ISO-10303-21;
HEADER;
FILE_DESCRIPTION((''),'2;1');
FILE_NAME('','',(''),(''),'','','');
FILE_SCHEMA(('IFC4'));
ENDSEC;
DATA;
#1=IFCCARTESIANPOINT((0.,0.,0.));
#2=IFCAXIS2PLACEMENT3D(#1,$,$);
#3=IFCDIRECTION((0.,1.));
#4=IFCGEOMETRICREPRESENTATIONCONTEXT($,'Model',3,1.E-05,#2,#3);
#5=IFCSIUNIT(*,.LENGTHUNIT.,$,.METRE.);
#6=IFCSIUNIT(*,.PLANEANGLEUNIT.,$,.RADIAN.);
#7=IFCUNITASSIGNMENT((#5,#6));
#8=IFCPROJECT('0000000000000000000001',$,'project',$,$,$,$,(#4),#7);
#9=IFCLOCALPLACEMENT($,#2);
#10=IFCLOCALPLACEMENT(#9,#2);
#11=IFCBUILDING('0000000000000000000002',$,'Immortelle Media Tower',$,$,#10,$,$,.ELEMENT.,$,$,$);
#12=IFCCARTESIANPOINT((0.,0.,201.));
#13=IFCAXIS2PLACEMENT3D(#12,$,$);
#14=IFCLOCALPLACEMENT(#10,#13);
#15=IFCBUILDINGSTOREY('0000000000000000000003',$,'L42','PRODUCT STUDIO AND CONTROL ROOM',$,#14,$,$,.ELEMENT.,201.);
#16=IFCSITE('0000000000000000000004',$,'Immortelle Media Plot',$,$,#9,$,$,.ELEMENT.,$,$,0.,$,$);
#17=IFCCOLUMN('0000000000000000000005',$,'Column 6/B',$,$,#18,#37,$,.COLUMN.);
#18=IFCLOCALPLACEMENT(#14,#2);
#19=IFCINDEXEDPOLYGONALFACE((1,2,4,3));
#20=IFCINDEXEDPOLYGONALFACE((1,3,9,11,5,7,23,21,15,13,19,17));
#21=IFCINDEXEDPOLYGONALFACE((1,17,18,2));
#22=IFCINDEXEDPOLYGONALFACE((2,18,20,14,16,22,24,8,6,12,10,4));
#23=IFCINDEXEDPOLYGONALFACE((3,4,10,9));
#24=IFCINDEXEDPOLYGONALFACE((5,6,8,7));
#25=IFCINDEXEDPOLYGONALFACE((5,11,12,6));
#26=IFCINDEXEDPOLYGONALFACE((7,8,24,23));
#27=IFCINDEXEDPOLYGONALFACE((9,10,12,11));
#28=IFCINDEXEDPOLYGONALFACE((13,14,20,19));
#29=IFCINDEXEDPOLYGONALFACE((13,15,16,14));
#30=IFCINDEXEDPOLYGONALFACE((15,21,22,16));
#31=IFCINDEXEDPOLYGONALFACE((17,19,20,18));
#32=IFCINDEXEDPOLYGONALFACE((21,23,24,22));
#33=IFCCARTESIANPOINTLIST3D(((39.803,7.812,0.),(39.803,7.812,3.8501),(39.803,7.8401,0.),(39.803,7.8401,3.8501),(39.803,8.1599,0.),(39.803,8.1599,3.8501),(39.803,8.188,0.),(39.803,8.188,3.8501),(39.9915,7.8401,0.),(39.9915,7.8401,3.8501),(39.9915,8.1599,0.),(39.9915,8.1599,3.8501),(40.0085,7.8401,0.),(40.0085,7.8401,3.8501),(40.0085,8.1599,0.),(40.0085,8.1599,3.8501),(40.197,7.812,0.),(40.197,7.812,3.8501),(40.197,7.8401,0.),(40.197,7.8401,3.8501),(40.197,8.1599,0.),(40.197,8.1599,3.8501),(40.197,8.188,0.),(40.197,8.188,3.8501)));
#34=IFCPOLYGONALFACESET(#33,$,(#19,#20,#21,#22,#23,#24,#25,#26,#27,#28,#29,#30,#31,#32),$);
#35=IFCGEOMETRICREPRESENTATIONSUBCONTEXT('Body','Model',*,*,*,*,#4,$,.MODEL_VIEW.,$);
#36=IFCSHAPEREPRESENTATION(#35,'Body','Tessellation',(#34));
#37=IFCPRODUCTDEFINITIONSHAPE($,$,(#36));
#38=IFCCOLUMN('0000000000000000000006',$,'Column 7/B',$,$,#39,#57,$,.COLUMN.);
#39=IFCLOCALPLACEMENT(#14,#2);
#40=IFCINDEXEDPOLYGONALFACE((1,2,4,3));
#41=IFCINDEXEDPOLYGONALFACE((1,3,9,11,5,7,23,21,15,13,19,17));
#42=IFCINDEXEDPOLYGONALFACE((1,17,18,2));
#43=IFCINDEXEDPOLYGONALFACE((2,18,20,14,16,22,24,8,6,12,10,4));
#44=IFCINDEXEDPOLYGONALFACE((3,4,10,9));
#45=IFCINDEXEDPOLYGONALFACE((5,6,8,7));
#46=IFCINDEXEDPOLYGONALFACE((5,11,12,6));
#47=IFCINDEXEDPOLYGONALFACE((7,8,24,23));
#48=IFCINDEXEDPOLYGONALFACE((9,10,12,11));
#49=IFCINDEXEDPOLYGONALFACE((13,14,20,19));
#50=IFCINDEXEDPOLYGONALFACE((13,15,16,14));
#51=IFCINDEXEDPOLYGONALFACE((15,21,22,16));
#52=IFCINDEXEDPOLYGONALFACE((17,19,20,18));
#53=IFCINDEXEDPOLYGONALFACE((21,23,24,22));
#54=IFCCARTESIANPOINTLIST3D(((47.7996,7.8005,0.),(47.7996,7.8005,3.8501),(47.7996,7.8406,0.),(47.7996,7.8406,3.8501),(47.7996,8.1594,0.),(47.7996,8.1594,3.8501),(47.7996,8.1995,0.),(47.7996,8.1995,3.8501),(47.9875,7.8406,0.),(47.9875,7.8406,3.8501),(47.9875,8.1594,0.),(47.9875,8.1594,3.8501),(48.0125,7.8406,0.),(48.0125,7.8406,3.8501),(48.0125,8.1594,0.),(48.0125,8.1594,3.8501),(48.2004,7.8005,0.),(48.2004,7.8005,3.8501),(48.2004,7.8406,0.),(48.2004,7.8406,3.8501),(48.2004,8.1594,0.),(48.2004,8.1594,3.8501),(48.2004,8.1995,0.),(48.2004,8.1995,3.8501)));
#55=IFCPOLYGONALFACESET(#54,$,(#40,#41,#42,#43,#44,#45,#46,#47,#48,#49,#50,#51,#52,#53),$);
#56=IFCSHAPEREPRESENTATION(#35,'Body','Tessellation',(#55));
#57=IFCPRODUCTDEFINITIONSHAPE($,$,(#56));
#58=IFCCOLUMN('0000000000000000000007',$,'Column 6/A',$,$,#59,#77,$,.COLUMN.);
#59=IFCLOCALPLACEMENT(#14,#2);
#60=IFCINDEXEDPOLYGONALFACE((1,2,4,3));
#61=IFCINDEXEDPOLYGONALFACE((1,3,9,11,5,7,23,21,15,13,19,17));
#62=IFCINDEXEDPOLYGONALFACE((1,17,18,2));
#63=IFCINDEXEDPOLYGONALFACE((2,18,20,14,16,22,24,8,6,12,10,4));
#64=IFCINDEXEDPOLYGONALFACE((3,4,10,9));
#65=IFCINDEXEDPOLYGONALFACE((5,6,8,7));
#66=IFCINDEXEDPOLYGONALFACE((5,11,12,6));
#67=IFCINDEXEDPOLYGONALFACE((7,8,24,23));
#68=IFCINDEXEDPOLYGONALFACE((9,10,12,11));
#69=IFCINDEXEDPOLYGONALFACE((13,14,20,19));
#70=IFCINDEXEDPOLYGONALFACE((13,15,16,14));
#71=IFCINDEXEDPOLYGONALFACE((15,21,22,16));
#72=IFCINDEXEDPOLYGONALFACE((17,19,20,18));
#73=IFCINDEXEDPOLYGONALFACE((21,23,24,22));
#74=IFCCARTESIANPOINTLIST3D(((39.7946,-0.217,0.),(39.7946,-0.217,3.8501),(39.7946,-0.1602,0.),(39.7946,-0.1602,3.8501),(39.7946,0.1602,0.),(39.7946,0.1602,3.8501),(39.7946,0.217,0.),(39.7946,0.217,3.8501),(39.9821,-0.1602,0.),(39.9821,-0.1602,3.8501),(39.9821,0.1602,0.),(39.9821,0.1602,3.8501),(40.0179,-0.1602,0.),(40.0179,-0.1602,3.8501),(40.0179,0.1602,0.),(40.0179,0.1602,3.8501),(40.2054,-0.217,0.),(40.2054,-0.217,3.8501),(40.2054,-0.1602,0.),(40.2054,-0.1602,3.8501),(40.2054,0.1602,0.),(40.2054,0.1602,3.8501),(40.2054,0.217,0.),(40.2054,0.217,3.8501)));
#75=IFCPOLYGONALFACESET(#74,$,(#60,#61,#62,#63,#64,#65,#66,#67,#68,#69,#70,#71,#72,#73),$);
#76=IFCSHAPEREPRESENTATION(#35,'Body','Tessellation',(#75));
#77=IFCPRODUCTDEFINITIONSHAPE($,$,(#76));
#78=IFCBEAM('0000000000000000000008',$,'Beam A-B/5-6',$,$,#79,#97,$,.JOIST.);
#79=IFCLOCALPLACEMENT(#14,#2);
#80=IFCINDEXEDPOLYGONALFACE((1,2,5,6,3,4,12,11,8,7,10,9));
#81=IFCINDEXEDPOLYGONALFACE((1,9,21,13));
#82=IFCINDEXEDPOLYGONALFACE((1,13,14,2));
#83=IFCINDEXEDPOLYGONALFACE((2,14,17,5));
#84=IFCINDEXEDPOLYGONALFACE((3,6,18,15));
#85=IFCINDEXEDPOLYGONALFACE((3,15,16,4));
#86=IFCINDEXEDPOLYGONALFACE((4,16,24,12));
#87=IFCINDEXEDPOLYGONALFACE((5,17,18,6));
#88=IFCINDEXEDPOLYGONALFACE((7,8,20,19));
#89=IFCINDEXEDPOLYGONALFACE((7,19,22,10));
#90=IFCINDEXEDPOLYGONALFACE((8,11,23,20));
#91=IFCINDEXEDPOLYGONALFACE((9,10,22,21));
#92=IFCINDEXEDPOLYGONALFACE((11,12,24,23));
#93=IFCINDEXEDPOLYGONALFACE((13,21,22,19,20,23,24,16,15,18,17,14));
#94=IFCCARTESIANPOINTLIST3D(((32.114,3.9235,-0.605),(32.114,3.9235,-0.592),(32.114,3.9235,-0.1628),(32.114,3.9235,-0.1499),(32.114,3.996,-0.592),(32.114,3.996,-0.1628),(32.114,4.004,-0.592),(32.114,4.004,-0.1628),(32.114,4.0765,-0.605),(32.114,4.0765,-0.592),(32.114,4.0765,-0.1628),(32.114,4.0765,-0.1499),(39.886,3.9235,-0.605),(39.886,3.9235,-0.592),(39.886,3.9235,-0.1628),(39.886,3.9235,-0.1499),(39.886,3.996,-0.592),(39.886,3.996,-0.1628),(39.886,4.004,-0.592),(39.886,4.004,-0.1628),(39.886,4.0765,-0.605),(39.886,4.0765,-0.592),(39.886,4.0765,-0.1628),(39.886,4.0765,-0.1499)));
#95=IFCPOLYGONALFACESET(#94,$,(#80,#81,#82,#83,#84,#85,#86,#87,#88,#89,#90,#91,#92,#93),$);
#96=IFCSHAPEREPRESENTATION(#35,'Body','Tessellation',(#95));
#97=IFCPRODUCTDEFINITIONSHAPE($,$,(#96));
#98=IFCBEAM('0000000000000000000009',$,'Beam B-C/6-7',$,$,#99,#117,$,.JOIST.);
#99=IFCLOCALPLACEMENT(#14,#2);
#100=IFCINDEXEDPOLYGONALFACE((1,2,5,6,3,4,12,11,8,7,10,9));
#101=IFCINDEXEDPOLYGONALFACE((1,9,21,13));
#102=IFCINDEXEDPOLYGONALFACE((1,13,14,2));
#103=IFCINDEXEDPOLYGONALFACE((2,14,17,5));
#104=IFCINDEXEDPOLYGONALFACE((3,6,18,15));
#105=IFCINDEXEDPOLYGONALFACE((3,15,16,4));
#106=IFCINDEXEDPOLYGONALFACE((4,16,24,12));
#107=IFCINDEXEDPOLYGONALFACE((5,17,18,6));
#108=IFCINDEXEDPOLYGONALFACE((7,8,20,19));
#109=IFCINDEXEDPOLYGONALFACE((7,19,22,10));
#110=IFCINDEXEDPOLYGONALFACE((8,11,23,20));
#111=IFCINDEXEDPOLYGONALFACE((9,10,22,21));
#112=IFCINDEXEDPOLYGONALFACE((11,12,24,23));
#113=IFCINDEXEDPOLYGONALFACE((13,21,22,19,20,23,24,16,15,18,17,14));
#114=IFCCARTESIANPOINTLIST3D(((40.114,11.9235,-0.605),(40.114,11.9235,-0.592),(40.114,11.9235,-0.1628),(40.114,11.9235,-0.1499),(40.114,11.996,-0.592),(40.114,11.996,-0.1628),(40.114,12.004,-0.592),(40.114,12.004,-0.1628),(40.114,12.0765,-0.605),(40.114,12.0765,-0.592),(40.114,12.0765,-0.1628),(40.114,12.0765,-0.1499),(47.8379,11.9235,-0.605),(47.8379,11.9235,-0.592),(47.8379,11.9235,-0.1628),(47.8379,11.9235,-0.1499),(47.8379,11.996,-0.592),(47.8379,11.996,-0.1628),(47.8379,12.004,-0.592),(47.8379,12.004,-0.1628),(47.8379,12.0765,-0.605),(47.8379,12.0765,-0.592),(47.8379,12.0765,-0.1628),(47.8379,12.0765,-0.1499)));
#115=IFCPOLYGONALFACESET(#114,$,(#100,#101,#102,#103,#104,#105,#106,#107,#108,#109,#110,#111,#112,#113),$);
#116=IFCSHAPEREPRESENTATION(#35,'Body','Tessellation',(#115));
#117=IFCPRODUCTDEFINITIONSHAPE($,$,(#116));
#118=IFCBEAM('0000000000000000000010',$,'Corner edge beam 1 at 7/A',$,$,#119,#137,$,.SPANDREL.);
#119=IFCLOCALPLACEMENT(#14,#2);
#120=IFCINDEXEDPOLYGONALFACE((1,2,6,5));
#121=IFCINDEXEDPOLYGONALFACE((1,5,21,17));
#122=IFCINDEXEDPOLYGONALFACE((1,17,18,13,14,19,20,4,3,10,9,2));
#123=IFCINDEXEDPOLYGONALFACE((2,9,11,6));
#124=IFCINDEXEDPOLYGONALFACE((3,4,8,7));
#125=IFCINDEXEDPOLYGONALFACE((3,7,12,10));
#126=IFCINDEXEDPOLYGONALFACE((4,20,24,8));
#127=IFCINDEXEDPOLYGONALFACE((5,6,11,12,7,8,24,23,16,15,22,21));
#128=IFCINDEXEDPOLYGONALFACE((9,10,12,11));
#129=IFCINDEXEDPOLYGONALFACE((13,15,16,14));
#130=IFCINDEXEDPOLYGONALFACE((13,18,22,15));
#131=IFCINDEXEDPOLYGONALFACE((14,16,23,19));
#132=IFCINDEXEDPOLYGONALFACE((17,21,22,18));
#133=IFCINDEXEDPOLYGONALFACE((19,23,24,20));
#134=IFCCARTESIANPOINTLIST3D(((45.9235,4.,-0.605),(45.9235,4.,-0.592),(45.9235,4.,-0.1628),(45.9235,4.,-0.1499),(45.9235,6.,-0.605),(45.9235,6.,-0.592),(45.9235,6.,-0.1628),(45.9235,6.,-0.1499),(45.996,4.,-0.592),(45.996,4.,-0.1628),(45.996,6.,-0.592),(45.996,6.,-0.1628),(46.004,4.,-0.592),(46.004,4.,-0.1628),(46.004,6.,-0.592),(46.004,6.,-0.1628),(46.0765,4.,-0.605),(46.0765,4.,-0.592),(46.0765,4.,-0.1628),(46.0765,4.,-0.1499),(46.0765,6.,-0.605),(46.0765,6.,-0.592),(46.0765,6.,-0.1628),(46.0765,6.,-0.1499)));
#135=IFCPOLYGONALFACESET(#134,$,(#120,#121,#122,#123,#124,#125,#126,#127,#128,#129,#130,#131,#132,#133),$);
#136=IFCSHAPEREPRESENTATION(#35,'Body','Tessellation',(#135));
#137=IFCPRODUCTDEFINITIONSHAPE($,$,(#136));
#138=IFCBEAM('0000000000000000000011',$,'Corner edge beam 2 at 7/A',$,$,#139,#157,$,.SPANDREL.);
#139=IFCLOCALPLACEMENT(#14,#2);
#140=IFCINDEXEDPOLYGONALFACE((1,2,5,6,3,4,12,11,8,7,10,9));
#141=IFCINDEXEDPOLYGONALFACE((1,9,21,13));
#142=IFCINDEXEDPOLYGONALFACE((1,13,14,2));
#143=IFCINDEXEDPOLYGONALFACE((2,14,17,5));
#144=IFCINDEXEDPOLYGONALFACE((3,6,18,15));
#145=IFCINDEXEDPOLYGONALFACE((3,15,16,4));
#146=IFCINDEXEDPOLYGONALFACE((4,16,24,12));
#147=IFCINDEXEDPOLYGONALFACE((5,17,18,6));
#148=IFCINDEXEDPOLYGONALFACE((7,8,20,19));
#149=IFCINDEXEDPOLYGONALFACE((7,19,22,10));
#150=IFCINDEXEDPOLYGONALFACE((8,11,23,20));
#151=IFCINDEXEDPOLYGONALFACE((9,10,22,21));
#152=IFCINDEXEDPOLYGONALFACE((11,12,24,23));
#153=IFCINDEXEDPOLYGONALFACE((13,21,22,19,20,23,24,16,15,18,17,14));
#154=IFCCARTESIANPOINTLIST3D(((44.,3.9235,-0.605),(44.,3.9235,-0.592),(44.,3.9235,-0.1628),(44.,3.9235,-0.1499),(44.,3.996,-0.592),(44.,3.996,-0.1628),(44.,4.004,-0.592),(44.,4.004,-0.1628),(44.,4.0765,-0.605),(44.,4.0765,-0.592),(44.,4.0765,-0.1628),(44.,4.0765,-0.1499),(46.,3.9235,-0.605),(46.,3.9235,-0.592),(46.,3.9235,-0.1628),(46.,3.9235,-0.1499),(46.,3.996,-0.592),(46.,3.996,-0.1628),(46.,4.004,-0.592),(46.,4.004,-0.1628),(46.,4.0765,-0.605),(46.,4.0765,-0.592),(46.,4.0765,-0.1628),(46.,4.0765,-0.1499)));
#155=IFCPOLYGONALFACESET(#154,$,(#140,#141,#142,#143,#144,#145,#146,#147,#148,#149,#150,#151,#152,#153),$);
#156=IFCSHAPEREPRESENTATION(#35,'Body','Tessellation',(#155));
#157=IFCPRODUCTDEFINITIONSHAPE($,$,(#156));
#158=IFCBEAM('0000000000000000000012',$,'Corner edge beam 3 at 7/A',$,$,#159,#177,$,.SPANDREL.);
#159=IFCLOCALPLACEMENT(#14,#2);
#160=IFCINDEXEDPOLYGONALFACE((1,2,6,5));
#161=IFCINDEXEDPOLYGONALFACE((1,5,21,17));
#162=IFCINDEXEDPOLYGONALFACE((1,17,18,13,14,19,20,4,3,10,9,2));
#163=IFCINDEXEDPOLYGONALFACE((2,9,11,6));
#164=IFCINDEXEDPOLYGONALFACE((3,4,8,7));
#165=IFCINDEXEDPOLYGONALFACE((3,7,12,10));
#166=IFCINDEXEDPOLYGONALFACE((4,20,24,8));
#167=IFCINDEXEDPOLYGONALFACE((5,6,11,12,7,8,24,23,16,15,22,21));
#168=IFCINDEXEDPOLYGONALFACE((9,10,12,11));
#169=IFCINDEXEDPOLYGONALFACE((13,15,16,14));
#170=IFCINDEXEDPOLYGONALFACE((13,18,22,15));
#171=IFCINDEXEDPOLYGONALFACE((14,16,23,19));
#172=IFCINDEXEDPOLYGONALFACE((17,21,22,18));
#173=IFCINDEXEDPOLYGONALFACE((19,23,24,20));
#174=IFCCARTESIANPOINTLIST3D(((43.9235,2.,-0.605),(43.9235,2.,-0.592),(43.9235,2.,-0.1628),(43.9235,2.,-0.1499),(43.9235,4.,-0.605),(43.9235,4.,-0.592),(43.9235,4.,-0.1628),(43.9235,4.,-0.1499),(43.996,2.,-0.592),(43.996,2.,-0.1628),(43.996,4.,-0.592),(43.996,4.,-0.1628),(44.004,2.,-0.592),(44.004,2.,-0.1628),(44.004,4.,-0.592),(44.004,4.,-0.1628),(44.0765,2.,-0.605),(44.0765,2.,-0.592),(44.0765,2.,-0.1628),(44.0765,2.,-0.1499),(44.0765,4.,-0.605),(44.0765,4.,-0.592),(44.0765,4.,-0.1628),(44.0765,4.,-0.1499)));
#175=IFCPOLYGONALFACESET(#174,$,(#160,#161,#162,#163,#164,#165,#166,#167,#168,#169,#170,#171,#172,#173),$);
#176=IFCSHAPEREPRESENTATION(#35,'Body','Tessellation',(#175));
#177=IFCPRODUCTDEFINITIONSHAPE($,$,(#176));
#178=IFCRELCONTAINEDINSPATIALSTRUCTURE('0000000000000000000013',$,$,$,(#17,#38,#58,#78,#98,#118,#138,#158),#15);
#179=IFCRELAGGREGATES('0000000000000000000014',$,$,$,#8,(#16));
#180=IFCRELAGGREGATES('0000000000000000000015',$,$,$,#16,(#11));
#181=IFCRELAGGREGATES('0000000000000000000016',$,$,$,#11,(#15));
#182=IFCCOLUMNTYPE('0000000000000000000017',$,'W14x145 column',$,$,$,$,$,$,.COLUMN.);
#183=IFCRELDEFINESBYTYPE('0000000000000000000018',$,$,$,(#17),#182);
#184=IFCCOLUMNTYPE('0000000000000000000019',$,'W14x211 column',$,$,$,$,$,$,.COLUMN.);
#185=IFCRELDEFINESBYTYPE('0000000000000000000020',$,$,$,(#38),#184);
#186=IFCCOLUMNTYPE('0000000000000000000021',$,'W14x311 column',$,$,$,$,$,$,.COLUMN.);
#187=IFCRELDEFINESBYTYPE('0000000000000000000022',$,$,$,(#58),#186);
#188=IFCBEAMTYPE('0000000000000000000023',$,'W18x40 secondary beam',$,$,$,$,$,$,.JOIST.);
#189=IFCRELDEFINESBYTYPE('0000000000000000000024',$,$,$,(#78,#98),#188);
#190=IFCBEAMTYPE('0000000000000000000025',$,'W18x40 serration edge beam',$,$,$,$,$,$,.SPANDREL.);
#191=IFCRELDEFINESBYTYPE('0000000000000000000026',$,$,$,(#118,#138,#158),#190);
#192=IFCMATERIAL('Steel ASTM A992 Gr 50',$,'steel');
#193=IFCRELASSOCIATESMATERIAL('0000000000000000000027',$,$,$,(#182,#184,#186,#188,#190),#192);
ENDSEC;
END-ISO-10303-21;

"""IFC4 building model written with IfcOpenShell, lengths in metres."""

from ifc_helpers import new_model, si_unit, direction, frame, origin, origin_2d, place, context, subcontext, project, spatial, i_section, extrude, material, material_profile, profile_set, type_object, element, save


model = new_model("IFC4")

# Units and contexts
model_context = context("Model", 3, precision=1e-05, world=origin(), true_north=direction((0.0, 1.0)))
body_context = subcontext(model_context, "Body", "Model", "MODEL_VIEW")
ifc_project = project(units=[si_unit("LENGTHUNIT", "METRE"), si_unit("PLANEANGLEUNIT", "RADIAN")], contexts=[model_context])

# Site, building, storey
site_placement = place(None, origin())
site = spatial("IfcSite", under=ifc_project, at=site_placement, Name="Immortelle Media Plot", CompositionType="ELEMENT", RefElevation=0.0)
building_placement = place(site_placement, origin())
building = spatial("IfcBuilding", under=site, at=building_placement, Name="Immortelle Media Tower", CompositionType="ELEMENT")
storey_placement = place(building_placement, frame((0.0, 0.0, 201.0)))
storey = spatial("IfcBuildingStorey", under=building, at=storey_placement, Name="L42", Description="PRODUCT STUDIO AND CONTROL ROOM", CompositionType="ELEMENT", Elevation=201.0)

# Columns
ifc_material_1 = material(Name="Steel ASTM A992 Gr 50", Category="steel")
ifc_material_profile_1 = material_profile(ifc_material_1, i_section(OverallWidth=0.394, OverallDepth=0.376, WebThickness=0.0171, FlangeThickness=0.0281, at=origin_2d()), Name="W14x145")
ifc_profile_set_1 = profile_set([ifc_material_profile_1], Name="Steel ASTM A992 Gr 50")
column_type_1 = type_object("IfcColumnType", Name="W14x145 column", PredefinedType="COLUMN", material=ifc_profile_set_1)
column_1_placement = place(storey_placement, frame((40.0, 8.0, 0.0), z_axis=(0.0, 0.0, 1.0), x_axis=(1.0, 0.0, 0.0)))
element("IfcColumn", 1, at=column_1_placement, inside=storey, type_object=column_type_1, Name="Column 6/B", PredefinedType="COLUMN", context=body_context, shape_type="SweptSolid", body=[
    extrude(i_section(OverallWidth=0.394, OverallDepth=0.376, WebThickness=0.0171, FlangeThickness=0.0281, at=origin_2d()), origin(), (0.0, 0.0, 1.0), 3.8501),
])
ifc_material_profile_2 = material_profile(ifc_material_1, i_section(OverallWidth=0.4009, OverallDepth=0.3989, WebThickness=0.0249, FlangeThickness=0.04, at=origin_2d()), Name="W14x211")
ifc_profile_set_2 = profile_set([ifc_material_profile_2], Name="Steel ASTM A992 Gr 50")
column_type_2 = type_object("IfcColumnType", Name="W14x211 column", PredefinedType="COLUMN", material=ifc_profile_set_2)
column_2_placement = place(storey_placement, frame((48.0, 8.0, 0.0), z_axis=(0.0, 0.0, 1.0), x_axis=(1.0, 0.0, 0.0)))
element("IfcColumn", 2, at=column_2_placement, inside=storey, type_object=column_type_2, Name="Column 7/B", PredefinedType="COLUMN", context=body_context, shape_type="SweptSolid", body=[
    extrude(i_section(OverallWidth=0.4009, OverallDepth=0.3989, WebThickness=0.0249, FlangeThickness=0.04, at=origin_2d()), origin(), (0.0, 0.0, 1.0), 3.8501),
])
ifc_material_profile_3 = material_profile(ifc_material_1, i_section(OverallWidth=0.4109, OverallDepth=0.4341, WebThickness=0.0359, FlangeThickness=0.0569, at=origin_2d()), Name="W14x311")
ifc_profile_set_3 = profile_set([ifc_material_profile_3], Name="Steel ASTM A992 Gr 50")
column_type_3 = type_object("IfcColumnType", Name="W14x311 column", PredefinedType="COLUMN", material=ifc_profile_set_3)
column_3_placement = place(storey_placement, frame((40.0, 0.0, 0.0), z_axis=(0.0, 0.0, 1.0), x_axis=(1.0, 0.0, 0.0)))
element("IfcColumn", 3, at=column_3_placement, inside=storey, type_object=column_type_3, Name="Column 6/A", PredefinedType="COLUMN", context=body_context, shape_type="SweptSolid", body=[
    extrude(i_section(OverallWidth=0.4109, OverallDepth=0.4341, WebThickness=0.0359, FlangeThickness=0.0569, at=origin_2d()), origin(), (0.0, 0.0, 1.0), 3.8501),
])

# Beams
ifc_material_profile_4 = material_profile(ifc_material_1, i_section(OverallWidth=0.1531, OverallDepth=0.4551, WebThickness=0.0081, FlangeThickness=0.0129, at=origin_2d()), Name="W18x40")
ifc_profile_set_4 = profile_set([ifc_material_profile_4], Name="Steel ASTM A992 Gr 50")
beam_type_1 = type_object("IfcBeamType", Name="W18x40 secondary beam", PredefinedType="JOIST", material=ifc_profile_set_4)
beam_1_placement = place(storey_placement, frame((32.114, 4.0, -0.3774), z_axis=(1.0, 0.0, 0.0), x_axis=(0.0, 1.0, 0.0)))
element("IfcBeam", 4, at=beam_1_placement, inside=storey, type_object=beam_type_1, Name="Beam A-B/5-6", PredefinedType="JOIST", context=body_context, shape_type="SweptSolid", body=[
    extrude(i_section(OverallWidth=0.1531, OverallDepth=0.4551, WebThickness=0.0081, FlangeThickness=0.0129, at=origin_2d()), origin(), (0.0, 0.0, 1.0), 7.772),
])
beam_2_placement = place(storey_placement, frame((40.114, 12.0, -0.3774), z_axis=(1.0, 0.0, 0.0), x_axis=(0.0, 1.0, 0.0)))
element("IfcBeam", 5, at=beam_2_placement, inside=storey, type_object=beam_type_1, Name="Beam B-C/6-7", PredefinedType="JOIST", context=body_context, shape_type="SweptSolid", body=[
    extrude(i_section(OverallWidth=0.1531, OverallDepth=0.4551, WebThickness=0.0081, FlangeThickness=0.0129, at=origin_2d()), origin(), (0.0, 0.0, 1.0), 7.7239),
])
ifc_material_profile_5 = material_profile(ifc_material_1, i_section(OverallWidth=0.1531, OverallDepth=0.4551, WebThickness=0.0081, FlangeThickness=0.0129, at=origin_2d()), Name="W18x40")
ifc_profile_set_5 = profile_set([ifc_material_profile_5], Name="Steel ASTM A992 Gr 50")
beam_type_2 = type_object("IfcBeamType", Name="W18x40 serration edge beam", PredefinedType="SPANDREL", material=ifc_profile_set_5)
for number, where, z_axis, x_axis, name in (
    (6, (46.0, 6.0, -0.3774), (0.0, -1.0, 0.0), (1.0, 0.0, 0.0), "Corner edge beam 1 at 7/A"),
    (7, (46.0, 4.0, -0.3774), (-1.0, 0.0, 0.0), (0.0, -1.0, 0.0), "Corner edge beam 2 at 7/A"),
    (8, (44.0, 4.0, -0.3774), (0.0, -1.0, 0.0), (1.0, 0.0, 0.0), "Corner edge beam 3 at 7/A"),
):
    element("IfcBeam", number, at=place(storey_placement, frame(where, z_axis=z_axis, x_axis=x_axis)), inside=storey, type_object=beam_type_2, Name=name, PredefinedType="SPANDREL", context=body_context, shape_type="SweptSolid", body=[
        extrude(i_section(OverallWidth=0.1531, OverallDepth=0.4551, WebThickness=0.0081, FlangeThickness=0.0129, at=origin_2d()), origin(), (0.0, 0.0, 1.0), 2.0),
    ])

save(model, "model.ifc")
